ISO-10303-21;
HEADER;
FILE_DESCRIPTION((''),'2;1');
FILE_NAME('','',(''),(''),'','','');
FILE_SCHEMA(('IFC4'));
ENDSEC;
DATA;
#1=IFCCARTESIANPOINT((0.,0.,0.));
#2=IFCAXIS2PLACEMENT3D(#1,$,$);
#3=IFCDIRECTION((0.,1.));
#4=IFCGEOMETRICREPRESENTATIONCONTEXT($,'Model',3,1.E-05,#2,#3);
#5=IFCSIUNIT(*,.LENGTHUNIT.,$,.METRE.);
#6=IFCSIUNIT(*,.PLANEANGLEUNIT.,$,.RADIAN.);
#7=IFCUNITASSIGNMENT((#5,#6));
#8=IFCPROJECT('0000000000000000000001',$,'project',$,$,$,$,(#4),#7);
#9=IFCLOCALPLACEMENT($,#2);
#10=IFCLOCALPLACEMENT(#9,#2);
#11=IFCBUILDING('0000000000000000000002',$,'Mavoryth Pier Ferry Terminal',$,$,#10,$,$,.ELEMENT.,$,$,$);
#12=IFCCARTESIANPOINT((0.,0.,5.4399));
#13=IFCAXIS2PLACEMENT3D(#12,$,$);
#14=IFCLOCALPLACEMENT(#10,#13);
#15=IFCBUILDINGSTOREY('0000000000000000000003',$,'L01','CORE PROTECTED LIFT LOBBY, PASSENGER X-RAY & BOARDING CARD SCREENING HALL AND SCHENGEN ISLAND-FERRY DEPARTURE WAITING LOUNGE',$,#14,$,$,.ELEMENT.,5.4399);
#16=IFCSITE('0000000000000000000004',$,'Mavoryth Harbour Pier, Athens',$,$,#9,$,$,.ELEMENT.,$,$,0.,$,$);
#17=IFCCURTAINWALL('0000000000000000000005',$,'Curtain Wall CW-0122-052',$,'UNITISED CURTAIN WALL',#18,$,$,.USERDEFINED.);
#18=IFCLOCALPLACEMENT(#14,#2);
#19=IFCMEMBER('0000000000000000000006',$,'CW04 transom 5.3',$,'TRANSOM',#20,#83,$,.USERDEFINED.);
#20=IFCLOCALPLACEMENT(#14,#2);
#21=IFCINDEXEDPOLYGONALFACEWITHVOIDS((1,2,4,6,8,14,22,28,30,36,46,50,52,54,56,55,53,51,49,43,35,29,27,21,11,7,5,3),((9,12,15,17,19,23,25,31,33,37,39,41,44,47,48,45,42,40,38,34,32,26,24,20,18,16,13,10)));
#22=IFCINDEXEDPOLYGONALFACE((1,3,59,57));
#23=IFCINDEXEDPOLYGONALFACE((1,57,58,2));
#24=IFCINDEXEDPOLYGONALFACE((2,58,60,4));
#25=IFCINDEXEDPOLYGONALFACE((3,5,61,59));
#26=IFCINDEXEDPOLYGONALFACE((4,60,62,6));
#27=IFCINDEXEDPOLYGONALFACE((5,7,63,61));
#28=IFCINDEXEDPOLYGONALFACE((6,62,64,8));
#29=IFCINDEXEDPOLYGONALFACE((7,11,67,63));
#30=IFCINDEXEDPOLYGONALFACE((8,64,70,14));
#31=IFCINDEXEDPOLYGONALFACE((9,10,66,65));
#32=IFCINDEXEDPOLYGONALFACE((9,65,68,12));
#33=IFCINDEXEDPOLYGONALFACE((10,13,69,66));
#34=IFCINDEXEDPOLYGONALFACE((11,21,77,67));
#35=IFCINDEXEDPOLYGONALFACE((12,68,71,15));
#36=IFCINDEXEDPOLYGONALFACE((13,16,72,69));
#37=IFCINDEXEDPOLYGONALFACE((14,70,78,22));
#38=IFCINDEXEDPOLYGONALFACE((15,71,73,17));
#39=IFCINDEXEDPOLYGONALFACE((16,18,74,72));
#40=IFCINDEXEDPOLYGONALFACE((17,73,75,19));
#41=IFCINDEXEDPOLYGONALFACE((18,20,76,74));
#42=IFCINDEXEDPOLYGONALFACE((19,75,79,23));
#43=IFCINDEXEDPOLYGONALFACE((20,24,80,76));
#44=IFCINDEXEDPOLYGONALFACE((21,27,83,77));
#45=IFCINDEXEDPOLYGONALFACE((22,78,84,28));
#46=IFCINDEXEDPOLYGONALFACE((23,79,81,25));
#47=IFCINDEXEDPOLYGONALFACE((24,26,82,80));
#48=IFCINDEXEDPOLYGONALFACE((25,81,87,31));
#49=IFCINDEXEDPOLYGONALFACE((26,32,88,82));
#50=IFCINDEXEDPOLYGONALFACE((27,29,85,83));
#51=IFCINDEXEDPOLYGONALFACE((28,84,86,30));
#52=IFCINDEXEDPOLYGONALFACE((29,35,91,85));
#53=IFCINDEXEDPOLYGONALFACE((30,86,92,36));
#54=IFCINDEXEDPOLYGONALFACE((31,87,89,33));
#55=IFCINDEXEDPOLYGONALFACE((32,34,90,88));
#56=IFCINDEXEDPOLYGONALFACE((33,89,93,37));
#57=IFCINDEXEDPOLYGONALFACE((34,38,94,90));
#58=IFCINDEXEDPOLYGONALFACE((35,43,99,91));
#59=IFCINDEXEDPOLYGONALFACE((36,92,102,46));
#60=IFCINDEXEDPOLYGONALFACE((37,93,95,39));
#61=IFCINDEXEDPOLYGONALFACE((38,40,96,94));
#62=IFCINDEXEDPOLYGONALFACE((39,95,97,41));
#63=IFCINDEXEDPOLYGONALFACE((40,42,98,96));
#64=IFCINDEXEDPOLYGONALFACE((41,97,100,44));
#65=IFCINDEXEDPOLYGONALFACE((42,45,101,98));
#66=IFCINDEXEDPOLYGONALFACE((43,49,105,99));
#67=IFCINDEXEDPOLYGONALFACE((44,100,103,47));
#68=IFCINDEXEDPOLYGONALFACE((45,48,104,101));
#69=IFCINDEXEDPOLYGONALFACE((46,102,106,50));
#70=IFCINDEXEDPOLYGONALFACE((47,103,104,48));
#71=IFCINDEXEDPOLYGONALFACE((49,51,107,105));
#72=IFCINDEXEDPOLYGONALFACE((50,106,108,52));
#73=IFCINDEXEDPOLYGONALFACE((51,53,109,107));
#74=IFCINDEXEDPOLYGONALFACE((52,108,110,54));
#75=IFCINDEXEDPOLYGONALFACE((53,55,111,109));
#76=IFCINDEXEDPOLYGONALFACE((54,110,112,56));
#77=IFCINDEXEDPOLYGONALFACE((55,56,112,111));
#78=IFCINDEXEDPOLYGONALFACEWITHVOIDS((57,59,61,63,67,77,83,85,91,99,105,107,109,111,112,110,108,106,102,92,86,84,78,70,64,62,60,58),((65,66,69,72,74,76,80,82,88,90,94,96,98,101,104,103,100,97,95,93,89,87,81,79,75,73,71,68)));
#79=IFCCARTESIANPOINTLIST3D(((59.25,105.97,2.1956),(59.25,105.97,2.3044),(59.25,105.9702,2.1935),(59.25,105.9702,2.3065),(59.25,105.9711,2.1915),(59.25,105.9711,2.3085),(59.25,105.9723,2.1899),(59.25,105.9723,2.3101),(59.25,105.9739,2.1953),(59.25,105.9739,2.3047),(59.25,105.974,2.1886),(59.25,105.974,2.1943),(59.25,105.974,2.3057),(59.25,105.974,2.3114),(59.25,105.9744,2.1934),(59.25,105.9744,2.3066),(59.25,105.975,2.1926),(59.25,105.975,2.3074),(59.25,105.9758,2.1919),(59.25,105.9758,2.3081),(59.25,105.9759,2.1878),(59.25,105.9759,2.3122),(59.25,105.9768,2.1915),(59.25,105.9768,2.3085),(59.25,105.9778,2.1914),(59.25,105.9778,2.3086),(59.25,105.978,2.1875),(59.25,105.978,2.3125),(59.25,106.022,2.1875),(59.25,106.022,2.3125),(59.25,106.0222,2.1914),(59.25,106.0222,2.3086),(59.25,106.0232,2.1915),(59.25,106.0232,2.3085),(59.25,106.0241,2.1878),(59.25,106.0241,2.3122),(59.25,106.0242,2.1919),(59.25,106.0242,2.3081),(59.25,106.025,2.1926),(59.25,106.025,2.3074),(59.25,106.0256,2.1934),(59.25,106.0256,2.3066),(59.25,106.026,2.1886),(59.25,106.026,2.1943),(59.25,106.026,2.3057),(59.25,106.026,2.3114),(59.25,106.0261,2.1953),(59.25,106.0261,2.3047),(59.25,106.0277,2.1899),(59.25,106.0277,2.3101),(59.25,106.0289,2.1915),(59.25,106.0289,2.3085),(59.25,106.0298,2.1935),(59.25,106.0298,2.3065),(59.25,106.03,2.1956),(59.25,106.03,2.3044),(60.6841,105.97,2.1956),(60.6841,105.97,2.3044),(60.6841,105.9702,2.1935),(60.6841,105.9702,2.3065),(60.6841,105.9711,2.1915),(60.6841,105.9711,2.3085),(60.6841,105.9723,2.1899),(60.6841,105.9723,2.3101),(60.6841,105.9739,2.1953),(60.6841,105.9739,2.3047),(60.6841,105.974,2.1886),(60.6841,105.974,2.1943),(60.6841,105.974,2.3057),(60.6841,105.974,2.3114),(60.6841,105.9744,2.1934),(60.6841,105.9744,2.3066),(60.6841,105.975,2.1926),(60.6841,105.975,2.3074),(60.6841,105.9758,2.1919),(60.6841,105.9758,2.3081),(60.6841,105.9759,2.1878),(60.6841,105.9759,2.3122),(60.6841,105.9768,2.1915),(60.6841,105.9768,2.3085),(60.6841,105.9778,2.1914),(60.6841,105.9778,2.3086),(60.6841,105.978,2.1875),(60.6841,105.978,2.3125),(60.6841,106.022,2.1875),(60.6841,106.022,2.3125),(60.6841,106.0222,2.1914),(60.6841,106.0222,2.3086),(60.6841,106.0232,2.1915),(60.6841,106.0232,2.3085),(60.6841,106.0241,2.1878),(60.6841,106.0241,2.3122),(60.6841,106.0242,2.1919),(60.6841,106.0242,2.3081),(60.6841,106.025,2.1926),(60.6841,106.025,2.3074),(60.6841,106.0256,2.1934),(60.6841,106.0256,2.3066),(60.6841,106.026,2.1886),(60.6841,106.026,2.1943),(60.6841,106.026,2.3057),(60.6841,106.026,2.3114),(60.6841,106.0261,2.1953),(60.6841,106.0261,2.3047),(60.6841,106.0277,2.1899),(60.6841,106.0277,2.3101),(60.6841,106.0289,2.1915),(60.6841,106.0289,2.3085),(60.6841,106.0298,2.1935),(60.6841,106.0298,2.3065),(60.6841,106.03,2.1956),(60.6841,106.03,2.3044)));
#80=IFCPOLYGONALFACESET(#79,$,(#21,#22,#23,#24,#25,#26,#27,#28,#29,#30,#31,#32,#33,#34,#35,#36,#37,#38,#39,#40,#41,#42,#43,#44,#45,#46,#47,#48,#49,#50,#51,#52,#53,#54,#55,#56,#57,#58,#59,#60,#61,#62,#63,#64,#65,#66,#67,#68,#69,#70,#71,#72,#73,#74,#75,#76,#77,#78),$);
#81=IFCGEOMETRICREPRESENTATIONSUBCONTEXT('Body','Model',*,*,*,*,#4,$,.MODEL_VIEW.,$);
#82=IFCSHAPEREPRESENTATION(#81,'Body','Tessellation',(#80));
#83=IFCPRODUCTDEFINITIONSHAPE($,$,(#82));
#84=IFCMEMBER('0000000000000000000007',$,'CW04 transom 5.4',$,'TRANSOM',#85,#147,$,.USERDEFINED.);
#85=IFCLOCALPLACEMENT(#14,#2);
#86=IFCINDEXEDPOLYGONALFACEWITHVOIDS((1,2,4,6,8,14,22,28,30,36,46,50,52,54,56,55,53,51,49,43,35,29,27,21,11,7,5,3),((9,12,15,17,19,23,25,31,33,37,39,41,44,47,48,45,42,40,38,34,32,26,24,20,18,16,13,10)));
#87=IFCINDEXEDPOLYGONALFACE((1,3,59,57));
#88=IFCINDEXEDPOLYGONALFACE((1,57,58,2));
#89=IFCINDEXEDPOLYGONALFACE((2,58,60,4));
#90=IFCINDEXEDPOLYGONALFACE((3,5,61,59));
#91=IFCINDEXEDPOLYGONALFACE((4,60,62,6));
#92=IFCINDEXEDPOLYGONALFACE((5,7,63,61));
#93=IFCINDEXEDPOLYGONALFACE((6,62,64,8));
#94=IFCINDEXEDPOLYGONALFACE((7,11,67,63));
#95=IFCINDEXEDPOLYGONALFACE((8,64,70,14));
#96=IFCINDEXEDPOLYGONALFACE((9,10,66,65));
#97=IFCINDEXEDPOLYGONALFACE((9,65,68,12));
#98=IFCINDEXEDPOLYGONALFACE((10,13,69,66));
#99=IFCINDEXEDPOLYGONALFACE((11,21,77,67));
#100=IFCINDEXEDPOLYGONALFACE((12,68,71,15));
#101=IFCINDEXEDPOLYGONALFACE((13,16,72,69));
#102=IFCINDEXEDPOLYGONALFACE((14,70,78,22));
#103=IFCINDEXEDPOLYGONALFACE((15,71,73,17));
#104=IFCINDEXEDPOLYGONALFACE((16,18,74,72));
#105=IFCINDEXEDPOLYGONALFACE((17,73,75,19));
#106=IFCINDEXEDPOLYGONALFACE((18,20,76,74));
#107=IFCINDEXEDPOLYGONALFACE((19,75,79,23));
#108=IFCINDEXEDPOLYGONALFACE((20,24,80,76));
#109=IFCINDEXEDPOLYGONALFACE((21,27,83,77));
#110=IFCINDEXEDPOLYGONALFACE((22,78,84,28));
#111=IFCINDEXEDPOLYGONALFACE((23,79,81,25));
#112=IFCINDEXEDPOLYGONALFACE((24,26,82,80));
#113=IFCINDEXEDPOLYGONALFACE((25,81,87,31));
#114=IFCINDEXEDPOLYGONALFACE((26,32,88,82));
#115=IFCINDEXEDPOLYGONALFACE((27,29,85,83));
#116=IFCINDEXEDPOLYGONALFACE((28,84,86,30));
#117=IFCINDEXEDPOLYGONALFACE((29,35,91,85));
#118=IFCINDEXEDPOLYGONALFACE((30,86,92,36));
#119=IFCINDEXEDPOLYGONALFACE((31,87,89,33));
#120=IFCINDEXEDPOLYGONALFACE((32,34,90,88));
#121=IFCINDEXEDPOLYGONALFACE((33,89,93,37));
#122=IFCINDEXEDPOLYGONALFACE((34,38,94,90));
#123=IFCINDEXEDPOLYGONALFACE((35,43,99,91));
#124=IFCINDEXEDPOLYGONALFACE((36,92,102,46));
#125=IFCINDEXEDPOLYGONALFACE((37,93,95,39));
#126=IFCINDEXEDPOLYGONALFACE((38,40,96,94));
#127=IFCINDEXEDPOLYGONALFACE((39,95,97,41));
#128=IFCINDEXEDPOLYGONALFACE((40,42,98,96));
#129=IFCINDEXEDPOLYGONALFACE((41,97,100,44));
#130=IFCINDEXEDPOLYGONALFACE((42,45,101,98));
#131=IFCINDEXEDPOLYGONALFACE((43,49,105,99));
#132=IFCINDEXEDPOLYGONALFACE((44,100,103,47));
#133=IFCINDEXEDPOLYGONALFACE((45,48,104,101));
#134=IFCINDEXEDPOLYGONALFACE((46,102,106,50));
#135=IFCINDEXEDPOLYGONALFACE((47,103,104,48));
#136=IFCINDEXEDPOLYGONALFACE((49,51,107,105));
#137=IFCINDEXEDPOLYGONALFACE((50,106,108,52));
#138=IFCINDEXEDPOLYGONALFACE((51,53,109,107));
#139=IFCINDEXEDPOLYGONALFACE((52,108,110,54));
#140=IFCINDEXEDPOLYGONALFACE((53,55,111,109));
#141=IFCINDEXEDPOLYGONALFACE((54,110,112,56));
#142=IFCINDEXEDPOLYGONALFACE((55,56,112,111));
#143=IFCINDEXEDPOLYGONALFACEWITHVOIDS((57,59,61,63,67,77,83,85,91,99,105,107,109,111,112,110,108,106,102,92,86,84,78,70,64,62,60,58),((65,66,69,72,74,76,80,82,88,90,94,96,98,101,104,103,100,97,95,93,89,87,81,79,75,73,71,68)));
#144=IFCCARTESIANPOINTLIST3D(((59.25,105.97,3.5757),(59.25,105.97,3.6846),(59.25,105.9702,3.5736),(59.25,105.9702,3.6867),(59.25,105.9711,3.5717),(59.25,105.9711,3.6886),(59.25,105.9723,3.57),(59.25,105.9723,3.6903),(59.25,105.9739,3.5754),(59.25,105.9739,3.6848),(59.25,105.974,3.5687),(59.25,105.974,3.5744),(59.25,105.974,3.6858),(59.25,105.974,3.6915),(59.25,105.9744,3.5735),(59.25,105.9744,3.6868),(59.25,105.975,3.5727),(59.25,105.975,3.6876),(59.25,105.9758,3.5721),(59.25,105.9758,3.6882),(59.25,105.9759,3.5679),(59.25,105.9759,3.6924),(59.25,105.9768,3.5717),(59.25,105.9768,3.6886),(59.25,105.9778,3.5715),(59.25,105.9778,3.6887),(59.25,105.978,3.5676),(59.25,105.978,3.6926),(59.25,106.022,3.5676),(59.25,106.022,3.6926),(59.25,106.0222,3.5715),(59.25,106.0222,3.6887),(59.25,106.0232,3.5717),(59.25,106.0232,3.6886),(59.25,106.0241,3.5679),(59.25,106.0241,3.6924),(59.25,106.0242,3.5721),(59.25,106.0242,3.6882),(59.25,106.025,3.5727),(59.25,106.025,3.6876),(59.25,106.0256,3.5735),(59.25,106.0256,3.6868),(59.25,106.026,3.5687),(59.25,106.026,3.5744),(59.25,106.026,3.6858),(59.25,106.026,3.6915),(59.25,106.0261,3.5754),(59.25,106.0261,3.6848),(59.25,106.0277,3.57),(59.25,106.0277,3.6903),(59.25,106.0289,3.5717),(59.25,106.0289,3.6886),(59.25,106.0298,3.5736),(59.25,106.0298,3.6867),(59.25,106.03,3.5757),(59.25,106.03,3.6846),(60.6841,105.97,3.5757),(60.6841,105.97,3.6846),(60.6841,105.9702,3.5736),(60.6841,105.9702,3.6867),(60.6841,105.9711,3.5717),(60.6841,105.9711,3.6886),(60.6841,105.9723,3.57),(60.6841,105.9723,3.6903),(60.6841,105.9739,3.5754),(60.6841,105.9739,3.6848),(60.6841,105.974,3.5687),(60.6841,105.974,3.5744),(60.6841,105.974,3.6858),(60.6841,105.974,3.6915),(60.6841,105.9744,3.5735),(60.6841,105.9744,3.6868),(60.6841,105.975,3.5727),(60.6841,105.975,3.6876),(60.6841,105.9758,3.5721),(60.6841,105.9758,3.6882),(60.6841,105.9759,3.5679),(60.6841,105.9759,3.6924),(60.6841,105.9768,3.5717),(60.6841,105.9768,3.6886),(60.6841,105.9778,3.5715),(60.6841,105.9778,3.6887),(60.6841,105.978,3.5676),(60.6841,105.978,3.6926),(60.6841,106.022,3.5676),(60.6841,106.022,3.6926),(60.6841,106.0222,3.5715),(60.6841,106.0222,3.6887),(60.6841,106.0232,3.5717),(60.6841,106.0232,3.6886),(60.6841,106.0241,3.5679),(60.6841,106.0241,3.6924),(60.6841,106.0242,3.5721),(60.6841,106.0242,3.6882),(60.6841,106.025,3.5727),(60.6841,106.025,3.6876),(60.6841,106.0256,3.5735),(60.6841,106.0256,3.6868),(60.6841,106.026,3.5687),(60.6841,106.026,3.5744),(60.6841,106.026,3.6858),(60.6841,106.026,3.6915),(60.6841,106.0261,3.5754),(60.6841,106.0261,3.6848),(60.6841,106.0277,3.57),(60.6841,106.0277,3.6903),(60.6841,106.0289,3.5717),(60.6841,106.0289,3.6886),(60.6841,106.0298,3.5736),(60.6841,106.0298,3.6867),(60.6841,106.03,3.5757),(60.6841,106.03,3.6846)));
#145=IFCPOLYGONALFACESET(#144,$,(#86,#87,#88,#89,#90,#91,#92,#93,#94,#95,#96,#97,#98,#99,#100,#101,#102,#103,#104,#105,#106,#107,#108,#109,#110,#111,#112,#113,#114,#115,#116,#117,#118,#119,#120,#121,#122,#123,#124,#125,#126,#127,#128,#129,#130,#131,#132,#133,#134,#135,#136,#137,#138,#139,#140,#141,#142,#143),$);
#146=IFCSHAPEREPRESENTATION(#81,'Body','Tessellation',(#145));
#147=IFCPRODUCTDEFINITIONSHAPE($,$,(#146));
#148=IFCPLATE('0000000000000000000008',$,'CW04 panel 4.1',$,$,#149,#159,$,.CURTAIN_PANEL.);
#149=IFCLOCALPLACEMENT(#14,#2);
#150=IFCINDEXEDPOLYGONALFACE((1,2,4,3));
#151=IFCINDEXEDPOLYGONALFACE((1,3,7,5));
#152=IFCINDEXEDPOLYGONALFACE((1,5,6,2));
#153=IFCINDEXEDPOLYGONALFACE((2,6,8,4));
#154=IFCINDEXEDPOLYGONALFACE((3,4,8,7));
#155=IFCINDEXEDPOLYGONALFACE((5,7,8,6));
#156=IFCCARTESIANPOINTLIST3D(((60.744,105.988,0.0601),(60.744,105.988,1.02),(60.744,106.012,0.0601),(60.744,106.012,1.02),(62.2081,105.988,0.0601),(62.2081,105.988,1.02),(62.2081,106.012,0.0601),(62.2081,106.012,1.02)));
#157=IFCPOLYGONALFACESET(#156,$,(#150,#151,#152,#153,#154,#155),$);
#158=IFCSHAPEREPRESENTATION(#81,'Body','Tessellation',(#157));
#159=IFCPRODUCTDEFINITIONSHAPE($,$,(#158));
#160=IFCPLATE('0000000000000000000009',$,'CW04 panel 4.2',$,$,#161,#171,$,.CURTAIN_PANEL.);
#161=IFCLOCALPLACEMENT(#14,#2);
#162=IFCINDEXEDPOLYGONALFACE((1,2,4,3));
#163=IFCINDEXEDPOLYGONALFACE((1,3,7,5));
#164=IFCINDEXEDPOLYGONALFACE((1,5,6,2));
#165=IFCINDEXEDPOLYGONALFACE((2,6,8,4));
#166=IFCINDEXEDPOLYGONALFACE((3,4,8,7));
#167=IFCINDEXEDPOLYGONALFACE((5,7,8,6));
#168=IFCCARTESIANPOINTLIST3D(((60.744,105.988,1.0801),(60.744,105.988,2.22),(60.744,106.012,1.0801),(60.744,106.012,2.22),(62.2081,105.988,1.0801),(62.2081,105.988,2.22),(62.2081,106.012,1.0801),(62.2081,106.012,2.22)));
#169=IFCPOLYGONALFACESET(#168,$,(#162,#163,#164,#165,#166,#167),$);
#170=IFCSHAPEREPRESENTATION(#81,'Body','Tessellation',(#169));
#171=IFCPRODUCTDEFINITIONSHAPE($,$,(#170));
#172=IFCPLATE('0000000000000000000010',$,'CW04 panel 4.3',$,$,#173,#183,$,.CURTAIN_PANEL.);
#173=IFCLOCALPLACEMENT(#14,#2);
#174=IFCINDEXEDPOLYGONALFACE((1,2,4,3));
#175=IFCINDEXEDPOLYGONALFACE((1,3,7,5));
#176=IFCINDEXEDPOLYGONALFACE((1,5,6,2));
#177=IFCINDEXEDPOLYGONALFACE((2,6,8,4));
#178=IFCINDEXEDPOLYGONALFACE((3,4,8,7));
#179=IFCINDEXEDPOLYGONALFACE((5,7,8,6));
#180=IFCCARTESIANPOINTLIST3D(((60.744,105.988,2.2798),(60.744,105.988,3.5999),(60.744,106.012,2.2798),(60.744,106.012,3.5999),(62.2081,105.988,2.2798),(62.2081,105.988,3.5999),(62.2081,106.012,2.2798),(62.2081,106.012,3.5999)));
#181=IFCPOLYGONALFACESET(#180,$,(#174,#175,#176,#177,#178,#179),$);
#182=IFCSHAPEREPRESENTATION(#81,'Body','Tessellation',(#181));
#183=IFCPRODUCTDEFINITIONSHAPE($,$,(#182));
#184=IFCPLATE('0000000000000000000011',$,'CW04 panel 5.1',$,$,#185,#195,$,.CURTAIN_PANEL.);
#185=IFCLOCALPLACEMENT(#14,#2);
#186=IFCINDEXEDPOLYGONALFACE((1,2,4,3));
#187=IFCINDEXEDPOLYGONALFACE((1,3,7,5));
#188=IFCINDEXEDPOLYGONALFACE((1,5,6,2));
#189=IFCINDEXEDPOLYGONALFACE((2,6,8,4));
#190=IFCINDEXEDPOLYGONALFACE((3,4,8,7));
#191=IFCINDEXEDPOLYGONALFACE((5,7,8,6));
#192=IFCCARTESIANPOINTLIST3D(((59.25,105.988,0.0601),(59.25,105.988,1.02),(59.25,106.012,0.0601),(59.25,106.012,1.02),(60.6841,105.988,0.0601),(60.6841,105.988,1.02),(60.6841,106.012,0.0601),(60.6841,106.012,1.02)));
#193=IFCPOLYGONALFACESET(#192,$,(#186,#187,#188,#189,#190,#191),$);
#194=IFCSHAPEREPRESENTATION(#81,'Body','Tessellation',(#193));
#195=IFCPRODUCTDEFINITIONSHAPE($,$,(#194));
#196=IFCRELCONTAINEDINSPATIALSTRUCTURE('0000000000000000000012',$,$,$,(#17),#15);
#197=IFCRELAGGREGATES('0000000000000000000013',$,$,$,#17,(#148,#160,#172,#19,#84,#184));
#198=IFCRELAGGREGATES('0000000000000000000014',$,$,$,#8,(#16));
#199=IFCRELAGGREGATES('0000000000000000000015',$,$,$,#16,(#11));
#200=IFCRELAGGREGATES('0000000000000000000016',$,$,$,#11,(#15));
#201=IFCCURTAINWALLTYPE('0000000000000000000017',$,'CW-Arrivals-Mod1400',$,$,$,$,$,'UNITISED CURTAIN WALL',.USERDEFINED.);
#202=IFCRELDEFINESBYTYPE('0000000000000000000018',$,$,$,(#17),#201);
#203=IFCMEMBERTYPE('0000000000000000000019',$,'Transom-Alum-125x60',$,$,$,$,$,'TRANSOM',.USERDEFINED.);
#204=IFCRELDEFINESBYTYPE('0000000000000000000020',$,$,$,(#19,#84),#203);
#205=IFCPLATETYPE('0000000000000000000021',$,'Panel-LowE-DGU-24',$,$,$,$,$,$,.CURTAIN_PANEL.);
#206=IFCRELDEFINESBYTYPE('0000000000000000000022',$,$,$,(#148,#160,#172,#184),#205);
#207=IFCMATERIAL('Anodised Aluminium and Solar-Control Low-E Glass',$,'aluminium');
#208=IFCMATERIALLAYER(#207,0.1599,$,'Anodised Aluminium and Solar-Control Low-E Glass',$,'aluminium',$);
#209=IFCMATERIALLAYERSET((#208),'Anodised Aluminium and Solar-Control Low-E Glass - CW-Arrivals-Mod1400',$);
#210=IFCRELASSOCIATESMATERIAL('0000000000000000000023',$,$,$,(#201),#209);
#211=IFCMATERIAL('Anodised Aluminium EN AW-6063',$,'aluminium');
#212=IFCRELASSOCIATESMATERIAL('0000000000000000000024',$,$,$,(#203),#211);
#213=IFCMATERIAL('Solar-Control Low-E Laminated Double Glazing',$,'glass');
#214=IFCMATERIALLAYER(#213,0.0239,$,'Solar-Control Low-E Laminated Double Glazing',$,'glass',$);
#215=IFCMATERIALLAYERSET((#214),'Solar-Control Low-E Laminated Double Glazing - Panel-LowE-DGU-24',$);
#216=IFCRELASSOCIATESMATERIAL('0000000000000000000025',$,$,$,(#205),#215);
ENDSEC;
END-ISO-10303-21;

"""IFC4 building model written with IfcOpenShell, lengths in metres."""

from ifc_helpers import new_model, si_unit, direction, frame, origin, origin_2d, place, context, subcontext, project, spatial, rectangle, hollow_rectangle, extrude, material, layer, layer_set, material_profile, profile_set, type_object, element, aggregate, save


model = new_model("IFC4")

# Units and contexts
model_context = context("Model", 3, precision=1e-05, world=origin(), true_north=direction((0.0, 1.0)))
body_context = subcontext(model_context, "Body", "Model", "MODEL_VIEW")
ifc_project = project(units=[si_unit("LENGTHUNIT", "METRE"), si_unit("PLANEANGLEUNIT", "RADIAN")], contexts=[model_context])

# Site, building, storey
site_placement = place(None, origin())
site = spatial("IfcSite", under=ifc_project, at=site_placement, Name="Mavoryth Harbour Pier, Athens", CompositionType="ELEMENT", RefElevation=0.0)
building_placement = place(site_placement, origin())
building = spatial("IfcBuilding", under=site, at=building_placement, Name="Mavoryth Pier Ferry Terminal", CompositionType="ELEMENT")
storey_placement = place(building_placement, frame((0.0, 0.0, 5.4399)))
storey = spatial("IfcBuildingStorey", under=building, at=storey_placement, Name="L01", Description="CORE PROTECTED LIFT LOBBY, PASSENGER X-RAY & BOARDING CARD SCREENING HALL AND SCHENGEN ISLAND-FERRY DEPARTURE WAITING LOUNGE", CompositionType="ELEMENT", Elevation=5.4399)

# Curtain wall
ifc_material_1 = material(Name="Anodised Aluminium and Solar-Control Low-E Glass", Category="aluminium")
ifc_layer_1 = layer(ifc_material_1, 0.1599, Name="Anodised Aluminium and Solar-Control Low-E Glass", Category="aluminium")
ifc_layer_set_1 = layer_set([ifc_layer_1], Name="Anodised Aluminium and Solar-Control Low-E Glass - CW-Arrivals-Mod1400")
curtain_wall_type = type_object("IfcCurtainWallType", Name="CW-Arrivals-Mod1400", ElementType="UNITISED CURTAIN WALL", PredefinedType="USERDEFINED", material=ifc_layer_set_1)
curtain_wall_placement = place(storey_placement, origin())
curtain_wall = element("IfcCurtainWall", 1, at=curtain_wall_placement, inside=storey, type_object=curtain_wall_type, Name="Curtain Wall CW-0122-052", ObjectType="UNITISED CURTAIN WALL", PredefinedType="USERDEFINED")
ifc_material_2 = material(Name="Anodised Aluminium EN AW-6063", Category="aluminium")

# Members
ifc_material_profile_1 = material_profile(ifc_material_2, hollow_rectangle(XDim=0.0601, YDim=0.125, WallThickness=0.0039, InnerFilletRadius=0.0039, OuterFilletRadius=0.0081, at=origin_2d()), Name="AL-TRAN 125x60x4", Category="aluminium")
ifc_profile_set_1 = profile_set([ifc_material_profile_1], Name="Anodised Aluminium EN AW-6063 - AL-TRAN 125x60x4")
member_type_1 = type_object("IfcMemberType", Name="Transom-Alum-125x60", ElementType="TRANSOM", PredefinedType="USERDEFINED", material=ifc_profile_set_1)
member_1_placement = place(storey_placement, frame((60.6841, 106.0, 2.25), z_axis=(-1.0, 0.0, 0.0), x_axis=(0.0, -1.0, 0.0)))
member_1 = element("IfcMember", 2, at=member_1_placement, type_object=member_type_1, Name="CW04 transom 5.3", ObjectType="TRANSOM", PredefinedType="USERDEFINED", context=body_context, shape_type="SweptSolid", body=[
    extrude(hollow_rectangle(XDim=0.0601, YDim=0.125, WallThickness=0.0039, InnerFilletRadius=0.0039, OuterFilletRadius=0.0081, at=origin_2d()), origin(), (0.0, 0.0, 1.0), 1.4341),
])
member_2_placement = place(storey_placement, frame((60.6841, 106.0, 3.6301), z_axis=(-1.0, 0.0, 0.0), x_axis=(0.0, -1.0, 0.0)))
member_2 = element("IfcMember", 3, at=member_2_placement, type_object=member_type_1, Name="CW04 transom 5.4", ObjectType="TRANSOM", PredefinedType="USERDEFINED", context=body_context, shape_type="SweptSolid", body=[
    extrude(hollow_rectangle(XDim=0.0601, YDim=0.125, WallThickness=0.0039, InnerFilletRadius=0.0039, OuterFilletRadius=0.0081, at=origin_2d()), origin(), (0.0, 0.0, 1.0), 1.4341),
])

# Plates
ifc_material_3 = material(Name="Solar-Control Low-E Laminated Double Glazing", Category="glass")
ifc_layer_2 = layer(ifc_material_3, 0.0239, Name="Solar-Control Low-E Laminated Double Glazing", Category="glass")
ifc_layer_set_2 = layer_set([ifc_layer_2], Name="Solar-Control Low-E Laminated Double Glazing - Panel-LowE-DGU-24")
plate_type = type_object("IfcPlateType", Name="Panel-LowE-DGU-24", PredefinedType="CURTAIN_PANEL", material=ifc_layer_set_2)
plate_1_placement = place(storey_placement, frame((61.4761, 106.0, 0.0601), z_axis=(0.0, 0.0, 1.0), x_axis=(-1.0, 0.0, 0.0)))
plate_1 = element("IfcPlate", 4, at=plate_1_placement, type_object=plate_type, Name="CW04 panel 4.1", PredefinedType="CURTAIN_PANEL", context=body_context, shape_type="SweptSolid", body=[
    extrude(rectangle(XDim=1.4641, YDim=0.0239, at=origin_2d()), origin(), (0.0, 0.0, 1.0), 0.96),
])
plate_2_placement = place(storey_placement, frame((61.4761, 106.0, 1.0801), z_axis=(0.0, 0.0, 1.0), x_axis=(-1.0, 0.0, 0.0)))
plate_2 = element("IfcPlate", 5, at=plate_2_placement, type_object=plate_type, Name="CW04 panel 4.2", PredefinedType="CURTAIN_PANEL", context=body_context, shape_type="SweptSolid", body=[
    extrude(rectangle(XDim=1.4641, YDim=0.0239, at=origin_2d()), origin(), (0.0, 0.0, 1.0), 1.1399),
])
plate_3_placement = place(storey_placement, frame((61.4761, 106.0, 2.2798), z_axis=(0.0, 0.0, 1.0), x_axis=(-1.0, 0.0, 0.0)))
plate_3 = element("IfcPlate", 6, at=plate_3_placement, type_object=plate_type, Name="CW04 panel 4.3", PredefinedType="CURTAIN_PANEL", context=body_context, shape_type="SweptSolid", body=[
    extrude(rectangle(XDim=1.4641, YDim=0.0239, at=origin_2d()), origin(), (0.0, 0.0, 1.0), 1.3201),
])
plate_4_placement = place(storey_placement, frame((59.967, 106.0, 0.0601), z_axis=(0.0, 0.0, 1.0), x_axis=(-1.0, 0.0, 0.0)))
plate_4 = element("IfcPlate", 7, at=plate_4_placement, type_object=plate_type, Name="CW04 panel 5.1", PredefinedType="CURTAIN_PANEL", context=body_context, shape_type="SweptSolid", body=[
    extrude(rectangle(XDim=1.4341, YDim=0.0239, at=origin_2d()), origin(), (0.0, 0.0, 1.0), 0.96),
])
aggregate(curtain_wall, [plate_1, plate_2, plate_3, member_1, member_2, plate_4])

save(model, "model.ifc")
